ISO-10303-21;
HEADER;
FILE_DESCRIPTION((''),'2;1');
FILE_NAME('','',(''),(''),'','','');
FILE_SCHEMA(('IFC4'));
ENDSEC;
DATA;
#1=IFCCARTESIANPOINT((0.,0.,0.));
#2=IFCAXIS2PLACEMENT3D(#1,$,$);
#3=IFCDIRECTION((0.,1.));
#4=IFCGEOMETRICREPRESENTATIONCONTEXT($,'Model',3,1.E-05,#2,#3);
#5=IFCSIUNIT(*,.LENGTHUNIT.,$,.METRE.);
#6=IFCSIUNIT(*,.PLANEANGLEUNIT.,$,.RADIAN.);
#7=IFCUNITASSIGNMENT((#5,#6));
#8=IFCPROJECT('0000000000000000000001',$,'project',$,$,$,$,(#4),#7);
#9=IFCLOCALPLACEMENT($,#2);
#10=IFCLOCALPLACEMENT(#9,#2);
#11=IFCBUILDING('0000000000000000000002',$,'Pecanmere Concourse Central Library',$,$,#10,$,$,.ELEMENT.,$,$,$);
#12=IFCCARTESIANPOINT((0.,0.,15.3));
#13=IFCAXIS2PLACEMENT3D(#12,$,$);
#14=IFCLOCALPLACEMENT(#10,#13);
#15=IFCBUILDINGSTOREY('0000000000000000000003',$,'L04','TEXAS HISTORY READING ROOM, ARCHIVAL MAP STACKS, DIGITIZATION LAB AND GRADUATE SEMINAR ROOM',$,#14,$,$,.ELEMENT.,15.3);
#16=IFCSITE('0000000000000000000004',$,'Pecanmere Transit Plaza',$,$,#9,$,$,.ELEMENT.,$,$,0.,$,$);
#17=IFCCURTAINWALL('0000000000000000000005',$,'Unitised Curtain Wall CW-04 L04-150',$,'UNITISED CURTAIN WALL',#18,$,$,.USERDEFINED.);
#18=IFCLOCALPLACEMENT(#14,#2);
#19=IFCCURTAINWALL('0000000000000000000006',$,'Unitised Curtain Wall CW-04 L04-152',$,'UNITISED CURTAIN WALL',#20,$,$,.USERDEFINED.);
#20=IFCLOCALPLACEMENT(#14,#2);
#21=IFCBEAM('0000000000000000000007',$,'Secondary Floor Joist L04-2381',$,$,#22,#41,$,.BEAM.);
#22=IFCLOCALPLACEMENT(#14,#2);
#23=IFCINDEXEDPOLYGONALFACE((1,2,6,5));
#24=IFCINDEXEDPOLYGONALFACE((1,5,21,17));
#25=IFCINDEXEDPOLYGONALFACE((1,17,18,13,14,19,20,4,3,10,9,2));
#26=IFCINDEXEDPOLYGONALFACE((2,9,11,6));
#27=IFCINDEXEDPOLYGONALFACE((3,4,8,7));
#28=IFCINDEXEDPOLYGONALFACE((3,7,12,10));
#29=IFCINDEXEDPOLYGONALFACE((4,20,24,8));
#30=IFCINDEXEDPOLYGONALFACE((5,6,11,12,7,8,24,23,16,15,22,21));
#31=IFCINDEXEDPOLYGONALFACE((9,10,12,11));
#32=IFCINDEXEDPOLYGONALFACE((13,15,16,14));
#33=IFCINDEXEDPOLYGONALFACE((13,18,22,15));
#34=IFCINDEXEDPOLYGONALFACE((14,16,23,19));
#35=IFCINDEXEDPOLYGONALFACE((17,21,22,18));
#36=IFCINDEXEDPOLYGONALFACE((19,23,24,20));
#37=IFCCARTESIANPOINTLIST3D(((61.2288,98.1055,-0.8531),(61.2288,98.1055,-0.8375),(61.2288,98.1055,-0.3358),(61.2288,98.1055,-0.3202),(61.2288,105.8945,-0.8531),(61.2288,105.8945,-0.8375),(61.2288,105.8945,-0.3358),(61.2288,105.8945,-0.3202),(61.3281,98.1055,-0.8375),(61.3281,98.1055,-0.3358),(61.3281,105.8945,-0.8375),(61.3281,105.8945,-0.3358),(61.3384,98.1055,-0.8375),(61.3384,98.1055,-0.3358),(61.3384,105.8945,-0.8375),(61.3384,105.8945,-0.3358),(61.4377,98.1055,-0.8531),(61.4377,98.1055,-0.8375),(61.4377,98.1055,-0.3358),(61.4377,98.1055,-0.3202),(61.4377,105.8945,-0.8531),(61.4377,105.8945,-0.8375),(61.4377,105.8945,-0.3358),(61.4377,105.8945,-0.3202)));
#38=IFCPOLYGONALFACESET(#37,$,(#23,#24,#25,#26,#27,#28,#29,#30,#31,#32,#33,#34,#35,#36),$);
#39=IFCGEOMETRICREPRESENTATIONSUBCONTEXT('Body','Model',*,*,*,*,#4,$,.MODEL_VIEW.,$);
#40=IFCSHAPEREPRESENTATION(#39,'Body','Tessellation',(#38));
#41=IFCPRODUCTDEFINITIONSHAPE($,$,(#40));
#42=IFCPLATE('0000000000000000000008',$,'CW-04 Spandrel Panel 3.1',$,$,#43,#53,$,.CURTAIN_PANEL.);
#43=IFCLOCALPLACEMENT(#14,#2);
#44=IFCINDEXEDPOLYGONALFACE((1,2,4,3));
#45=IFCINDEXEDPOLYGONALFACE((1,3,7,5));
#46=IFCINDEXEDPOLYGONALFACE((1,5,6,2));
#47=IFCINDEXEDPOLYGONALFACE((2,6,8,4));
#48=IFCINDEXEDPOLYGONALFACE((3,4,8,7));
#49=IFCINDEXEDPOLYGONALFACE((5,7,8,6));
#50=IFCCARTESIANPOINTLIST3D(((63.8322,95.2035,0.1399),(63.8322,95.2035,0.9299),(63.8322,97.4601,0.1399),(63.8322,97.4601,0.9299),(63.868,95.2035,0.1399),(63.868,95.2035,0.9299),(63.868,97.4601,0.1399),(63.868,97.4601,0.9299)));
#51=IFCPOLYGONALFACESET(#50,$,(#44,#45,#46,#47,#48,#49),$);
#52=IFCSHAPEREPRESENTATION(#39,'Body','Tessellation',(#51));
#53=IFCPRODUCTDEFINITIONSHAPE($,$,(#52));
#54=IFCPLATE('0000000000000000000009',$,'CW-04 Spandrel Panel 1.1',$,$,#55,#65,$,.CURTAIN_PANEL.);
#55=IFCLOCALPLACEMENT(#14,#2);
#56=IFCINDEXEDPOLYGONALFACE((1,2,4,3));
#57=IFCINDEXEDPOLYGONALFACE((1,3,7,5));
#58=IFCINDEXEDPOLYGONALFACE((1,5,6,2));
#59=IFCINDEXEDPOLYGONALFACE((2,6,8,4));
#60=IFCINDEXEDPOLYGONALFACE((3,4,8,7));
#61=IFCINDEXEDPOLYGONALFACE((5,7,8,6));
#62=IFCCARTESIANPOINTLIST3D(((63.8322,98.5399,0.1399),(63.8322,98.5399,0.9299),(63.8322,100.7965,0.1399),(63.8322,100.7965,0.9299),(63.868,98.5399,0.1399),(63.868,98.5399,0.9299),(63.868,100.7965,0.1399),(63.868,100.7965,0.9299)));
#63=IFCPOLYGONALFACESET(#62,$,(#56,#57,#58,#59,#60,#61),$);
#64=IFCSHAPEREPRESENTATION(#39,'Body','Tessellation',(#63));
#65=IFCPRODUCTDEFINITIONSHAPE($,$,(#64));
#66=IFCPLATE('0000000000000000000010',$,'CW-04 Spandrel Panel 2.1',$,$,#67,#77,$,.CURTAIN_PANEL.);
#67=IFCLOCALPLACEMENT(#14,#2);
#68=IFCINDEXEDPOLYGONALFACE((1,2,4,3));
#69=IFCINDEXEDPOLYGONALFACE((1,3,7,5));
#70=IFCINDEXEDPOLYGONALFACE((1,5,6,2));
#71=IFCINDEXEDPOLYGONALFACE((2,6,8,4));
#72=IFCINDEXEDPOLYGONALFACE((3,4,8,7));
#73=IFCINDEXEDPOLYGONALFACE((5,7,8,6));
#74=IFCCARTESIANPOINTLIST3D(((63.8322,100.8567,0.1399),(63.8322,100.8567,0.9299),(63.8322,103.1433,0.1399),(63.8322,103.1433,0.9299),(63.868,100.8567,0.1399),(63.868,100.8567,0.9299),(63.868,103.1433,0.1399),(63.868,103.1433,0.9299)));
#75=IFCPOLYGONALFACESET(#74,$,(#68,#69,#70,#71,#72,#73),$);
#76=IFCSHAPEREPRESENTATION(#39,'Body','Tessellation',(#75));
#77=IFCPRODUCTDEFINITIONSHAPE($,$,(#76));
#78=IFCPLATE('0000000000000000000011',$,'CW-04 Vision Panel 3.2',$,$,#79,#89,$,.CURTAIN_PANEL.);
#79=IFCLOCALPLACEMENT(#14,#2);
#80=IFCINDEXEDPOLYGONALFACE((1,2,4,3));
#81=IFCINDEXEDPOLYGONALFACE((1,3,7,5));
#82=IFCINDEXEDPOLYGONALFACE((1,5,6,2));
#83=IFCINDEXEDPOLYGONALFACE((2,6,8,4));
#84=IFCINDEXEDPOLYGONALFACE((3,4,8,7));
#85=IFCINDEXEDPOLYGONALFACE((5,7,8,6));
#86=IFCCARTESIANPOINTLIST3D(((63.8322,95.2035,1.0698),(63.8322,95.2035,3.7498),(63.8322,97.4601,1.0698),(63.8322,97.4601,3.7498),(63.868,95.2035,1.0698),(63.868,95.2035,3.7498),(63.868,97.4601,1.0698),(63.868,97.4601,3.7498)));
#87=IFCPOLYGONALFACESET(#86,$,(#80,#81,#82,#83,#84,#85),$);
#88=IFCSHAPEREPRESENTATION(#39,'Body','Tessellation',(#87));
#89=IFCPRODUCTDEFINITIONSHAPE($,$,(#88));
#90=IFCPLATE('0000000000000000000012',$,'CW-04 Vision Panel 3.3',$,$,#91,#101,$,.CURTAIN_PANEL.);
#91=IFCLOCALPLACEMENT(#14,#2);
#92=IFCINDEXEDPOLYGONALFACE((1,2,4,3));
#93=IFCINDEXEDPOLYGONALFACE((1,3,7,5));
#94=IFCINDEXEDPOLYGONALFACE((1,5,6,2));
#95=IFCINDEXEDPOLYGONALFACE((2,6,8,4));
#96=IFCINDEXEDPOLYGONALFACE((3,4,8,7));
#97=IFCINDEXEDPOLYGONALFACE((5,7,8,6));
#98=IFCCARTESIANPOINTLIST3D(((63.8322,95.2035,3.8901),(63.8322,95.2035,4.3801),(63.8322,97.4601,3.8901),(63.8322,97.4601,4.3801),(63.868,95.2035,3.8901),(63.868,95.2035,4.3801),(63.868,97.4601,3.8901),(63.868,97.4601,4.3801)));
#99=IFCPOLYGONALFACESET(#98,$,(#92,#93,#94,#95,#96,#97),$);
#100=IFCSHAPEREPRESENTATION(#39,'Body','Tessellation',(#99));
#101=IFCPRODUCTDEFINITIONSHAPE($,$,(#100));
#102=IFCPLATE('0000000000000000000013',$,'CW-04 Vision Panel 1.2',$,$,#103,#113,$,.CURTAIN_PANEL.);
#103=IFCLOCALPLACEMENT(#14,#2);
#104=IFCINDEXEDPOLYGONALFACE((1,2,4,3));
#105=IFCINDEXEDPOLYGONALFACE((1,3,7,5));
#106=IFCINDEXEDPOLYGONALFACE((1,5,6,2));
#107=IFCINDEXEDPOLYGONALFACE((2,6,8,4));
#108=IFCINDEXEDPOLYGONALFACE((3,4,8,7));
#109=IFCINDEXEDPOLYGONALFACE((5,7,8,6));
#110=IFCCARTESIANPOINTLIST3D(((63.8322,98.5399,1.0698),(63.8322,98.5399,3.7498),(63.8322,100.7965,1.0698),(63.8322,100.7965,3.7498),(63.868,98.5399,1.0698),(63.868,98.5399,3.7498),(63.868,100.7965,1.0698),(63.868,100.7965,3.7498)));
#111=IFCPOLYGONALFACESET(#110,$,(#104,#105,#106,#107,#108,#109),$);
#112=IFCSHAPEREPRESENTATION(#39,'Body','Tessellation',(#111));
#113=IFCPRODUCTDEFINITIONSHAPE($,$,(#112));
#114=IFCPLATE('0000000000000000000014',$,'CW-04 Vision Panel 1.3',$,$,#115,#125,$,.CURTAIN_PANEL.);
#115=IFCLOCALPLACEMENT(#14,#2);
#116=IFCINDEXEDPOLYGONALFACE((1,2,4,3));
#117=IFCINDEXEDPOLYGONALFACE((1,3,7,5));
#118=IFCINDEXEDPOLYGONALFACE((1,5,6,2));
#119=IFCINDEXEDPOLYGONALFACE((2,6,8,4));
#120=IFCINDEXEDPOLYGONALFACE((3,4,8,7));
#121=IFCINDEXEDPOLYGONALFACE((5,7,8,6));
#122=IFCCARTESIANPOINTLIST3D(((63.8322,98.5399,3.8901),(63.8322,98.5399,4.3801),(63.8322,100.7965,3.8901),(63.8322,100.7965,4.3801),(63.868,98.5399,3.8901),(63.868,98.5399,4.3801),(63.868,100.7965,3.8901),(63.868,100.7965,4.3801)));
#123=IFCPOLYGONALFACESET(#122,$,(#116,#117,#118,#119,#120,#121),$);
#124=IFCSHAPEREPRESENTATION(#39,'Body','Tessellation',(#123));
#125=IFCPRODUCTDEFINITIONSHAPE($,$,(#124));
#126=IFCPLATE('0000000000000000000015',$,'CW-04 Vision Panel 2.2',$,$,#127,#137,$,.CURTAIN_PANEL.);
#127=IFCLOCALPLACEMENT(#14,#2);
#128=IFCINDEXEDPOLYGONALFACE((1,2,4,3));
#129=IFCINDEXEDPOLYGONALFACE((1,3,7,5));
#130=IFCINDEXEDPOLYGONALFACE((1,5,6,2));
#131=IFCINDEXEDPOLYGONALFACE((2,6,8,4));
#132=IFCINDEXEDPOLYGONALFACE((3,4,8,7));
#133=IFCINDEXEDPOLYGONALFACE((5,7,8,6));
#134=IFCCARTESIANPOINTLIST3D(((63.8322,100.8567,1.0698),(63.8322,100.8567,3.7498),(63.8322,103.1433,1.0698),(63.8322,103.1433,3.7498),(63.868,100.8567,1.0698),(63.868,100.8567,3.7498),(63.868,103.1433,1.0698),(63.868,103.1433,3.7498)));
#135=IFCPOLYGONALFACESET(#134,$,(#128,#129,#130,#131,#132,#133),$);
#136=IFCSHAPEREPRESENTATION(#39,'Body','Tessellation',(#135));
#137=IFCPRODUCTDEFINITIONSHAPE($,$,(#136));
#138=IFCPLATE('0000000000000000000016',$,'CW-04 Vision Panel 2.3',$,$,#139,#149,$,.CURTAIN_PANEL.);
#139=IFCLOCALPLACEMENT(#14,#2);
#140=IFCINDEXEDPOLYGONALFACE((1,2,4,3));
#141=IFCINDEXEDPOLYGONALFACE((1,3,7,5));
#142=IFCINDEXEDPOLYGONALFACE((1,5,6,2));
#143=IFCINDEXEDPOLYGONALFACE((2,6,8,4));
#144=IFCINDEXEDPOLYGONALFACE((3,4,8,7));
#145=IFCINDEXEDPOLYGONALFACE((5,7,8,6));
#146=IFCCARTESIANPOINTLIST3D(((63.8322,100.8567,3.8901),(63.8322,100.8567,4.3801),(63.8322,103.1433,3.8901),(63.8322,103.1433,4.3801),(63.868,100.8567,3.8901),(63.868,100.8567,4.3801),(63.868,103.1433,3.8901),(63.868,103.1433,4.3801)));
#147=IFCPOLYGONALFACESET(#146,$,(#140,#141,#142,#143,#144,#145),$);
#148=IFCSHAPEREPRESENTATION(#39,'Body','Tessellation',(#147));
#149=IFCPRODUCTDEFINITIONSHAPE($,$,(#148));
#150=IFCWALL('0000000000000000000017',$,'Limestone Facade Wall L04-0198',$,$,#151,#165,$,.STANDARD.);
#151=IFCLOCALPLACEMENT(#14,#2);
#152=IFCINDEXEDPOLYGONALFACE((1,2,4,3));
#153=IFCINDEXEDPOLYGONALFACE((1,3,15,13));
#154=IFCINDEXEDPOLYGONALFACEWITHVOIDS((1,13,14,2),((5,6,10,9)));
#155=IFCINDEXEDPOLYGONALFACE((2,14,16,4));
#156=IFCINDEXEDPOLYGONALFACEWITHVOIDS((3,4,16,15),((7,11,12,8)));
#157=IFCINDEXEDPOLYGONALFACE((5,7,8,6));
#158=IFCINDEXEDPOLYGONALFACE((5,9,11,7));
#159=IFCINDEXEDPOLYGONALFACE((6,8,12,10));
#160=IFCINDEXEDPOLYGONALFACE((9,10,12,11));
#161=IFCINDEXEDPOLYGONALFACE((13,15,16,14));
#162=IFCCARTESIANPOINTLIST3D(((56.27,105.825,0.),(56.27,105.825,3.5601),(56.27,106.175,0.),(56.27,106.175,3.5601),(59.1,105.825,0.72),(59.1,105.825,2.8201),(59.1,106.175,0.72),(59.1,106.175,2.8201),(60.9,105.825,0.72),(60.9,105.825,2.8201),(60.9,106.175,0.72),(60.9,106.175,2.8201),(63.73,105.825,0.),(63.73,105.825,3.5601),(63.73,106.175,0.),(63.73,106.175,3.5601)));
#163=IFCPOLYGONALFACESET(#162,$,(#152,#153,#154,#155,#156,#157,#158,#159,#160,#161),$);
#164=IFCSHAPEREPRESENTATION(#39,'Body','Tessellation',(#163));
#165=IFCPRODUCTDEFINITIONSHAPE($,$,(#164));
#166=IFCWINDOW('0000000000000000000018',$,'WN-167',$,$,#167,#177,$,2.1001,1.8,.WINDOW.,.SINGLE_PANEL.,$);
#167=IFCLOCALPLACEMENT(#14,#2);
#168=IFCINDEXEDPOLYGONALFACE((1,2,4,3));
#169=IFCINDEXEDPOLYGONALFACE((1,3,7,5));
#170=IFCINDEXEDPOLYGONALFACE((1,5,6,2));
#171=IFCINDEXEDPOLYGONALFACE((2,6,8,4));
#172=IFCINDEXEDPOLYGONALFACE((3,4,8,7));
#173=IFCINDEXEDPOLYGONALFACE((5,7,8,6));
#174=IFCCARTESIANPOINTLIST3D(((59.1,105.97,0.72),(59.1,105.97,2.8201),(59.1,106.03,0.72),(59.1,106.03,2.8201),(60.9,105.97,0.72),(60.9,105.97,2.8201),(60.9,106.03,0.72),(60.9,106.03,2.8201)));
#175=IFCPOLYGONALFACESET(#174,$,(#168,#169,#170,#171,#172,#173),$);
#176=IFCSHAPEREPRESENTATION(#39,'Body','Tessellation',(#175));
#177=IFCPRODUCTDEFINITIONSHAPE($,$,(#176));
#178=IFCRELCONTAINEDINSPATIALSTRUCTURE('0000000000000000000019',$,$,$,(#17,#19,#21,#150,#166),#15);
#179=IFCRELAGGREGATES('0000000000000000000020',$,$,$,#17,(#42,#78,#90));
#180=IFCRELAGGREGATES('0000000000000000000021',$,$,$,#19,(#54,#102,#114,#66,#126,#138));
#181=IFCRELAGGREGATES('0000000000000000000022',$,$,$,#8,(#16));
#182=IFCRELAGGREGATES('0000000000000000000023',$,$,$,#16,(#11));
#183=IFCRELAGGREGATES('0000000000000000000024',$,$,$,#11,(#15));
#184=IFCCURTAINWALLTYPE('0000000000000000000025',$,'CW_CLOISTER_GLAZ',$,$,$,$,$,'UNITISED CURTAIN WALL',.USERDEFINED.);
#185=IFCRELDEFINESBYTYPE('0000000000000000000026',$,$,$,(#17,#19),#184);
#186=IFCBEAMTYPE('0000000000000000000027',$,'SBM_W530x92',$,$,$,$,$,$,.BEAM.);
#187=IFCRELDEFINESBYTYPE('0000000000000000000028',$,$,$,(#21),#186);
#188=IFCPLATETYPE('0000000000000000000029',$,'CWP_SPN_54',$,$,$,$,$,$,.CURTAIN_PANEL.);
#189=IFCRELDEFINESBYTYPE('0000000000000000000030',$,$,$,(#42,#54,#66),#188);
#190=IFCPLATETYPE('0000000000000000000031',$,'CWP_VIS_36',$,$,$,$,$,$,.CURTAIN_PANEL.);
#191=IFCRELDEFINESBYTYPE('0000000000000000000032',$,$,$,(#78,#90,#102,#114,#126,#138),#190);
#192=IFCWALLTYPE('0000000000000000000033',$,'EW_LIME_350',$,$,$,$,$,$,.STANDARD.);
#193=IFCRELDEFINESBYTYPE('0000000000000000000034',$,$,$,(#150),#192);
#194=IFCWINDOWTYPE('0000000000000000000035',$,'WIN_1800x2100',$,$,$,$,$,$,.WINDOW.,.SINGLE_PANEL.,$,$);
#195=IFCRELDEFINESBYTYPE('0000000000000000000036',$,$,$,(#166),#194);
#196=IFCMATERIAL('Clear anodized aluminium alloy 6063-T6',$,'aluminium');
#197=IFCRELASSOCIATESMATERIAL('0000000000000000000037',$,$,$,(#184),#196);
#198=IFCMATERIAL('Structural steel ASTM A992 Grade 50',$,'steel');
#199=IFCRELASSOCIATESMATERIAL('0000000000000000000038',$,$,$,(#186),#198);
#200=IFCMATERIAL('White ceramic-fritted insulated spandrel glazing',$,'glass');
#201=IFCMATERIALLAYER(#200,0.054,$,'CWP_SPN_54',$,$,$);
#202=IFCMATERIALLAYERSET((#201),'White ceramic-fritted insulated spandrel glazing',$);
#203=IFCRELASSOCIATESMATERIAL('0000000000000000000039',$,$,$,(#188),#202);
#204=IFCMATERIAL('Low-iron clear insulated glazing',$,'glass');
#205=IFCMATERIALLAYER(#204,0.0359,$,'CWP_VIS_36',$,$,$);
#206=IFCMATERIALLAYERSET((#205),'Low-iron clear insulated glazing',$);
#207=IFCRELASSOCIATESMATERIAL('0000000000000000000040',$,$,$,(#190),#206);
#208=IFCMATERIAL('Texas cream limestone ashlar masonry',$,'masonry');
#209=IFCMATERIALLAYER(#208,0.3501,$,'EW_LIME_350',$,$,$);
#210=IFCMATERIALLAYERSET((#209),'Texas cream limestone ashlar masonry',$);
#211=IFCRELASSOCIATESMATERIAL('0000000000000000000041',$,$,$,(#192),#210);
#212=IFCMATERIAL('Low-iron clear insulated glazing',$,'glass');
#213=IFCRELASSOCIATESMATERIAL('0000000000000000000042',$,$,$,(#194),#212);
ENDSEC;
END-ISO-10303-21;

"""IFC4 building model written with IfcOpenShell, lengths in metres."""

from ifc_helpers import new_model, si_unit, direction, frame, frame_2d, origin, origin_2d, place, context, subcontext, project, spatial, rectangle, i_section, extrude, material, layer, layer_set, material_profile, profile_set, type_object, element, fill, aggregate, save


model = new_model("IFC4")

# Units and contexts
model_context = context("Model", 3, precision=1e-05, world=origin(), true_north=direction((0.0, 1.0)))
body_context = subcontext(model_context, "Body", "Model", "MODEL_VIEW")
ifc_project = project(units=[si_unit("LENGTHUNIT", "METRE"), si_unit("PLANEANGLEUNIT", "RADIAN")], contexts=[model_context])

# Site, building, storey
site_placement = place(None, origin())
site = spatial("IfcSite", under=ifc_project, at=site_placement, Name="Pecanmere Transit Plaza", CompositionType="ELEMENT", RefElevation=0.0)
building_placement = place(site_placement, origin())
building = spatial("IfcBuilding", under=site, at=building_placement, Name="Pecanmere Concourse Central Library", CompositionType="ELEMENT")
storey_placement = place(building_placement, frame((0.0, 0.0, 15.3)))
storey = spatial("IfcBuildingStorey", under=building, at=storey_placement, Name="L04", Description="TEXAS HISTORY READING ROOM, ARCHIVAL MAP STACKS, DIGITIZATION LAB AND GRADUATE SEMINAR ROOM", CompositionType="ELEMENT", Elevation=15.3)

# Curtain wall
ifc_material_1 = material(Name="Clear anodized aluminium alloy 6063-T6", Category="aluminium")
curtain_wall_type = type_object("IfcCurtainWallType", Name="CW_CLOISTER_GLAZ", ElementType="UNITISED CURTAIN WALL", PredefinedType="USERDEFINED", material=ifc_material_1)
curtain_wall_1_placement = place(storey_placement, origin())
curtain_wall_1 = element("IfcCurtainWall", 1, at=curtain_wall_1_placement, inside=storey, type_object=curtain_wall_type, Name="Unitised Curtain Wall CW-04 L04-150", ObjectType="UNITISED CURTAIN WALL", PredefinedType="USERDEFINED")

# Curtain wall
curtain_wall_2_placement = place(storey_placement, origin())
curtain_wall_2 = element("IfcCurtainWall", 2, at=curtain_wall_2_placement, inside=storey, type_object=curtain_wall_type, Name="Unitised Curtain Wall CW-04 L04-152", ObjectType="UNITISED CURTAIN WALL", PredefinedType="USERDEFINED")

# Beam
ifc_material_2 = material(Name="Structural steel ASTM A992 Grade 50", Category="steel")
ifc_material_profile_1 = material_profile(ifc_material_2, i_section(OverallWidth=0.209, OverallDepth=0.533, WebThickness=0.0103, FlangeThickness=0.0156, at=origin_2d()), Name="W530x92")
ifc_profile_set_1 = profile_set([ifc_material_profile_1], Name="Structural steel ASTM A992 Grade 50")
beam_type_1 = type_object("IfcBeamType", Name="SBM_W530x92", PredefinedType="BEAM", material=ifc_profile_set_1)
beam_1_placement = place(storey_placement, frame((61.3333, 98.1055, -0.5867), z_axis=(0.0, 1.0, 0.0), x_axis=(-1.0, 0.0, 0.0)))
element("IfcBeam", 3, at=beam_1_placement, inside=storey, type_object=beam_type_1, Name="Secondary Floor Joist L04-2381", PredefinedType="BEAM", context=body_context, shape_type="SweptSolid", body=[
    extrude(i_section(OverallWidth=0.209, OverallDepth=0.533, WebThickness=0.0103, FlangeThickness=0.0156, at=origin_2d()), origin(), (0.0, 0.0, 1.0), 7.7891),
])

# Plates
ifc_material_3 = material(Name="White ceramic-fritted insulated spandrel glazing", Category="glass")
ifc_layer_1 = layer(ifc_material_3, 0.054, Name="CWP_SPN_54")
ifc_layer_set_1 = layer_set([ifc_layer_1], Name="White ceramic-fritted insulated spandrel glazing")
plate_type_1 = type_object("IfcPlateType", Name="CWP_SPN_54", PredefinedType="CURTAIN_PANEL", material=ifc_layer_set_1)
plate_1_placement = place(storey_placement, frame((63.8501, 96.3318, 0.1399), z_axis=(0.0, 0.0, 1.0), x_axis=(0.0, 1.0, 0.0)))
plate_1 = element("IfcPlate", 4, at=plate_1_placement, type_object=plate_type_1, Name="CW-04 Spandrel Panel 3.1", PredefinedType="CURTAIN_PANEL", context=body_context, shape_type="SweptSolid", body=[
    extrude(rectangle(XDim=2.2566, YDim=0.0359, at=origin_2d()), origin(), (0.0, 0.0, 1.0), 0.79),
])
plate_2_placement = place(storey_placement, frame((63.8501, 99.6682, 0.1399), z_axis=(0.0, 0.0, 1.0), x_axis=(0.0, 1.0, 0.0)))
plate_2 = element("IfcPlate", 5, at=plate_2_placement, type_object=plate_type_1, Name="CW-04 Spandrel Panel 1.1", PredefinedType="CURTAIN_PANEL", context=body_context, shape_type="SweptSolid", body=[
    extrude(rectangle(XDim=2.2566, YDim=0.0359, at=origin_2d()), origin(), (0.0, 0.0, 1.0), 0.79),
])
plate_3_placement = place(storey_placement, frame((63.8501, 102.0, 0.1399), z_axis=(0.0, 0.0, 1.0), x_axis=(0.0, 1.0, 0.0)))
plate_3 = element("IfcPlate", 6, at=plate_3_placement, type_object=plate_type_1, Name="CW-04 Spandrel Panel 2.1", PredefinedType="CURTAIN_PANEL", context=body_context, shape_type="SweptSolid", body=[
    extrude(rectangle(XDim=2.2866, YDim=0.0359, at=origin_2d()), origin(), (0.0, 0.0, 1.0), 0.79),
])
ifc_material_4 = material(Name="Low-iron clear insulated glazing", Category="glass")
ifc_layer_2 = layer(ifc_material_4, 0.0359, Name="CWP_VIS_36")
ifc_layer_set_2 = layer_set([ifc_layer_2], Name="Low-iron clear insulated glazing")
plate_type_2 = type_object("IfcPlateType", Name="CWP_VIS_36", PredefinedType="CURTAIN_PANEL", material=ifc_layer_set_2)
plate_4_placement = place(storey_placement, frame((63.8501, 96.3318, 1.0698), z_axis=(0.0, 0.0, 1.0), x_axis=(0.0, 1.0, 0.0)))
plate_4 = element("IfcPlate", 7, at=plate_4_placement, type_object=plate_type_2, Name="CW-04 Vision Panel 3.2", PredefinedType="CURTAIN_PANEL", context=body_context, shape_type="SweptSolid", body=[
    extrude(rectangle(XDim=2.2566, YDim=0.0359, at=origin_2d()), origin(), (0.0, 0.0, 1.0), 2.6799),
])
plate_5_placement = place(storey_placement, frame((63.8501, 96.3318, 3.8901), z_axis=(0.0, 0.0, 1.0), x_axis=(0.0, 1.0, 0.0)))
plate_5 = element("IfcPlate", 8, at=plate_5_placement, type_object=plate_type_2, Name="CW-04 Vision Panel 3.3", PredefinedType="CURTAIN_PANEL", context=body_context, shape_type="SweptSolid", body=[
    extrude(rectangle(XDim=2.2566, YDim=0.0359, at=origin_2d()), origin(), (0.0, 0.0, 1.0), 0.49),
])
aggregate(curtain_wall_1, [plate_1, plate_4, plate_5])
plate_6_placement = place(storey_placement, frame((63.8501, 99.6682, 1.0698), z_axis=(0.0, 0.0, 1.0), x_axis=(0.0, 1.0, 0.0)))
plate_6 = element("IfcPlate", 9, at=plate_6_placement, type_object=plate_type_2, Name="CW-04 Vision Panel 1.2", PredefinedType="CURTAIN_PANEL", context=body_context, shape_type="SweptSolid", body=[
    extrude(rectangle(XDim=2.2566, YDim=0.0359, at=origin_2d()), origin(), (0.0, 0.0, 1.0), 2.6799),
])
plate_7_placement = place(storey_placement, frame((63.8501, 99.6682, 3.8901), z_axis=(0.0, 0.0, 1.0), x_axis=(0.0, 1.0, 0.0)))
plate_7 = element("IfcPlate", 10, at=plate_7_placement, type_object=plate_type_2, Name="CW-04 Vision Panel 1.3", PredefinedType="CURTAIN_PANEL", context=body_context, shape_type="SweptSolid", body=[
    extrude(rectangle(XDim=2.2566, YDim=0.0359, at=origin_2d()), origin(), (0.0, 0.0, 1.0), 0.49),
])
plate_8_placement = place(storey_placement, frame((63.8501, 102.0, 1.0698), z_axis=(0.0, 0.0, 1.0), x_axis=(0.0, 1.0, 0.0)))
plate_8 = element("IfcPlate", 11, at=plate_8_placement, type_object=plate_type_2, Name="CW-04 Vision Panel 2.2", PredefinedType="CURTAIN_PANEL", context=body_context, shape_type="SweptSolid", body=[
    extrude(rectangle(XDim=2.2866, YDim=0.0359, at=origin_2d()), origin(), (0.0, 0.0, 1.0), 2.6799),
])
plate_9_placement = place(storey_placement, frame((63.8501, 102.0, 3.8901), z_axis=(0.0, 0.0, 1.0), x_axis=(0.0, 1.0, 0.0)))
plate_9 = element("IfcPlate", 12, at=plate_9_placement, type_object=plate_type_2, Name="CW-04 Vision Panel 2.3", PredefinedType="CURTAIN_PANEL", context=body_context, shape_type="SweptSolid", body=[
    extrude(rectangle(XDim=2.2866, YDim=0.0359, at=origin_2d()), origin(), (0.0, 0.0, 1.0), 0.49),
])
aggregate(curtain_wall_2, [plate_2, plate_6, plate_7, plate_3, plate_8, plate_9])

# Wall, opening, window
ifc_material_5 = material(Name="Texas cream limestone ashlar masonry", Category="masonry")
ifc_layer_3 = layer(ifc_material_5, 0.3501, Name="EW_LIME_350")
ifc_layer_set_3 = layer_set([ifc_layer_3], Name="Texas cream limestone ashlar masonry")
wall_type = type_object("IfcWallType", Name="EW_LIME_350", PredefinedType="STANDARD", material=ifc_layer_set_3)
wall_placement = place(storey_placement, frame((63.73, 106.0, 0.0), z_axis=(0.0, 0.0, 1.0), x_axis=(-1.0, 0.0, 0.0)))
wall = element("IfcWall", 13, at=wall_placement, inside=storey, type_object=wall_type, Name="Limestone Facade Wall L04-0198", PredefinedType="STANDARD", context=body_context, shape_type="SweptSolid", body=[
    extrude(rectangle(XDim=7.46, YDim=0.3501, at=frame_2d((3.73, 0.0))), origin(), (0.0, 0.0, 1.0), 3.5601),
])
opening_placement = place(wall_placement, frame((2.8301, 0.0, 0.72)))
opening = element("IfcOpeningElement", 14, at=opening_placement, cuts=wall, PredefinedType="OPENING", context=body_context, shape_type="SweptSolid", body=[
    extrude(rectangle(XDim=1.8, YDim=2.1001, at=frame_2d((0.8999, 1.05))), frame((0.0, 0.187, 0.0), z_axis=(0.0, -1.0, 0.0), x_axis=(1.0, 0.0, 0.0)), (0.0, 0.0, 1.0), 0.374),
])
ifc_material_6 = material(Name="Low-iron clear insulated glazing", Category="glass")
window_type = type_object("IfcWindowType", Name="WIN_1800x2100", PartitioningType="SINGLE_PANEL", PredefinedType="WINDOW", material=ifc_material_6)
window_placement = place(opening_placement, origin())
window = element("IfcWindow", 15, at=window_placement, inside=storey, type_object=window_type, Name="WN-167", OverallHeight=2.1001, OverallWidth=1.8, PartitioningType="SINGLE_PANEL", PredefinedType="WINDOW", context=body_context, shape_type="SweptSolid", body=[
    extrude(rectangle(XDim=1.8, YDim=2.1001, at=frame_2d((0.8999, 1.05))), frame((0.0, 0.03, 0.0), z_axis=(0.0, -1.0, 0.0), x_axis=(1.0, 0.0, 0.0)), (0.0, 0.0, 1.0), 0.0601),
])
fill(opening, window)

save(model, "model.ifc")
